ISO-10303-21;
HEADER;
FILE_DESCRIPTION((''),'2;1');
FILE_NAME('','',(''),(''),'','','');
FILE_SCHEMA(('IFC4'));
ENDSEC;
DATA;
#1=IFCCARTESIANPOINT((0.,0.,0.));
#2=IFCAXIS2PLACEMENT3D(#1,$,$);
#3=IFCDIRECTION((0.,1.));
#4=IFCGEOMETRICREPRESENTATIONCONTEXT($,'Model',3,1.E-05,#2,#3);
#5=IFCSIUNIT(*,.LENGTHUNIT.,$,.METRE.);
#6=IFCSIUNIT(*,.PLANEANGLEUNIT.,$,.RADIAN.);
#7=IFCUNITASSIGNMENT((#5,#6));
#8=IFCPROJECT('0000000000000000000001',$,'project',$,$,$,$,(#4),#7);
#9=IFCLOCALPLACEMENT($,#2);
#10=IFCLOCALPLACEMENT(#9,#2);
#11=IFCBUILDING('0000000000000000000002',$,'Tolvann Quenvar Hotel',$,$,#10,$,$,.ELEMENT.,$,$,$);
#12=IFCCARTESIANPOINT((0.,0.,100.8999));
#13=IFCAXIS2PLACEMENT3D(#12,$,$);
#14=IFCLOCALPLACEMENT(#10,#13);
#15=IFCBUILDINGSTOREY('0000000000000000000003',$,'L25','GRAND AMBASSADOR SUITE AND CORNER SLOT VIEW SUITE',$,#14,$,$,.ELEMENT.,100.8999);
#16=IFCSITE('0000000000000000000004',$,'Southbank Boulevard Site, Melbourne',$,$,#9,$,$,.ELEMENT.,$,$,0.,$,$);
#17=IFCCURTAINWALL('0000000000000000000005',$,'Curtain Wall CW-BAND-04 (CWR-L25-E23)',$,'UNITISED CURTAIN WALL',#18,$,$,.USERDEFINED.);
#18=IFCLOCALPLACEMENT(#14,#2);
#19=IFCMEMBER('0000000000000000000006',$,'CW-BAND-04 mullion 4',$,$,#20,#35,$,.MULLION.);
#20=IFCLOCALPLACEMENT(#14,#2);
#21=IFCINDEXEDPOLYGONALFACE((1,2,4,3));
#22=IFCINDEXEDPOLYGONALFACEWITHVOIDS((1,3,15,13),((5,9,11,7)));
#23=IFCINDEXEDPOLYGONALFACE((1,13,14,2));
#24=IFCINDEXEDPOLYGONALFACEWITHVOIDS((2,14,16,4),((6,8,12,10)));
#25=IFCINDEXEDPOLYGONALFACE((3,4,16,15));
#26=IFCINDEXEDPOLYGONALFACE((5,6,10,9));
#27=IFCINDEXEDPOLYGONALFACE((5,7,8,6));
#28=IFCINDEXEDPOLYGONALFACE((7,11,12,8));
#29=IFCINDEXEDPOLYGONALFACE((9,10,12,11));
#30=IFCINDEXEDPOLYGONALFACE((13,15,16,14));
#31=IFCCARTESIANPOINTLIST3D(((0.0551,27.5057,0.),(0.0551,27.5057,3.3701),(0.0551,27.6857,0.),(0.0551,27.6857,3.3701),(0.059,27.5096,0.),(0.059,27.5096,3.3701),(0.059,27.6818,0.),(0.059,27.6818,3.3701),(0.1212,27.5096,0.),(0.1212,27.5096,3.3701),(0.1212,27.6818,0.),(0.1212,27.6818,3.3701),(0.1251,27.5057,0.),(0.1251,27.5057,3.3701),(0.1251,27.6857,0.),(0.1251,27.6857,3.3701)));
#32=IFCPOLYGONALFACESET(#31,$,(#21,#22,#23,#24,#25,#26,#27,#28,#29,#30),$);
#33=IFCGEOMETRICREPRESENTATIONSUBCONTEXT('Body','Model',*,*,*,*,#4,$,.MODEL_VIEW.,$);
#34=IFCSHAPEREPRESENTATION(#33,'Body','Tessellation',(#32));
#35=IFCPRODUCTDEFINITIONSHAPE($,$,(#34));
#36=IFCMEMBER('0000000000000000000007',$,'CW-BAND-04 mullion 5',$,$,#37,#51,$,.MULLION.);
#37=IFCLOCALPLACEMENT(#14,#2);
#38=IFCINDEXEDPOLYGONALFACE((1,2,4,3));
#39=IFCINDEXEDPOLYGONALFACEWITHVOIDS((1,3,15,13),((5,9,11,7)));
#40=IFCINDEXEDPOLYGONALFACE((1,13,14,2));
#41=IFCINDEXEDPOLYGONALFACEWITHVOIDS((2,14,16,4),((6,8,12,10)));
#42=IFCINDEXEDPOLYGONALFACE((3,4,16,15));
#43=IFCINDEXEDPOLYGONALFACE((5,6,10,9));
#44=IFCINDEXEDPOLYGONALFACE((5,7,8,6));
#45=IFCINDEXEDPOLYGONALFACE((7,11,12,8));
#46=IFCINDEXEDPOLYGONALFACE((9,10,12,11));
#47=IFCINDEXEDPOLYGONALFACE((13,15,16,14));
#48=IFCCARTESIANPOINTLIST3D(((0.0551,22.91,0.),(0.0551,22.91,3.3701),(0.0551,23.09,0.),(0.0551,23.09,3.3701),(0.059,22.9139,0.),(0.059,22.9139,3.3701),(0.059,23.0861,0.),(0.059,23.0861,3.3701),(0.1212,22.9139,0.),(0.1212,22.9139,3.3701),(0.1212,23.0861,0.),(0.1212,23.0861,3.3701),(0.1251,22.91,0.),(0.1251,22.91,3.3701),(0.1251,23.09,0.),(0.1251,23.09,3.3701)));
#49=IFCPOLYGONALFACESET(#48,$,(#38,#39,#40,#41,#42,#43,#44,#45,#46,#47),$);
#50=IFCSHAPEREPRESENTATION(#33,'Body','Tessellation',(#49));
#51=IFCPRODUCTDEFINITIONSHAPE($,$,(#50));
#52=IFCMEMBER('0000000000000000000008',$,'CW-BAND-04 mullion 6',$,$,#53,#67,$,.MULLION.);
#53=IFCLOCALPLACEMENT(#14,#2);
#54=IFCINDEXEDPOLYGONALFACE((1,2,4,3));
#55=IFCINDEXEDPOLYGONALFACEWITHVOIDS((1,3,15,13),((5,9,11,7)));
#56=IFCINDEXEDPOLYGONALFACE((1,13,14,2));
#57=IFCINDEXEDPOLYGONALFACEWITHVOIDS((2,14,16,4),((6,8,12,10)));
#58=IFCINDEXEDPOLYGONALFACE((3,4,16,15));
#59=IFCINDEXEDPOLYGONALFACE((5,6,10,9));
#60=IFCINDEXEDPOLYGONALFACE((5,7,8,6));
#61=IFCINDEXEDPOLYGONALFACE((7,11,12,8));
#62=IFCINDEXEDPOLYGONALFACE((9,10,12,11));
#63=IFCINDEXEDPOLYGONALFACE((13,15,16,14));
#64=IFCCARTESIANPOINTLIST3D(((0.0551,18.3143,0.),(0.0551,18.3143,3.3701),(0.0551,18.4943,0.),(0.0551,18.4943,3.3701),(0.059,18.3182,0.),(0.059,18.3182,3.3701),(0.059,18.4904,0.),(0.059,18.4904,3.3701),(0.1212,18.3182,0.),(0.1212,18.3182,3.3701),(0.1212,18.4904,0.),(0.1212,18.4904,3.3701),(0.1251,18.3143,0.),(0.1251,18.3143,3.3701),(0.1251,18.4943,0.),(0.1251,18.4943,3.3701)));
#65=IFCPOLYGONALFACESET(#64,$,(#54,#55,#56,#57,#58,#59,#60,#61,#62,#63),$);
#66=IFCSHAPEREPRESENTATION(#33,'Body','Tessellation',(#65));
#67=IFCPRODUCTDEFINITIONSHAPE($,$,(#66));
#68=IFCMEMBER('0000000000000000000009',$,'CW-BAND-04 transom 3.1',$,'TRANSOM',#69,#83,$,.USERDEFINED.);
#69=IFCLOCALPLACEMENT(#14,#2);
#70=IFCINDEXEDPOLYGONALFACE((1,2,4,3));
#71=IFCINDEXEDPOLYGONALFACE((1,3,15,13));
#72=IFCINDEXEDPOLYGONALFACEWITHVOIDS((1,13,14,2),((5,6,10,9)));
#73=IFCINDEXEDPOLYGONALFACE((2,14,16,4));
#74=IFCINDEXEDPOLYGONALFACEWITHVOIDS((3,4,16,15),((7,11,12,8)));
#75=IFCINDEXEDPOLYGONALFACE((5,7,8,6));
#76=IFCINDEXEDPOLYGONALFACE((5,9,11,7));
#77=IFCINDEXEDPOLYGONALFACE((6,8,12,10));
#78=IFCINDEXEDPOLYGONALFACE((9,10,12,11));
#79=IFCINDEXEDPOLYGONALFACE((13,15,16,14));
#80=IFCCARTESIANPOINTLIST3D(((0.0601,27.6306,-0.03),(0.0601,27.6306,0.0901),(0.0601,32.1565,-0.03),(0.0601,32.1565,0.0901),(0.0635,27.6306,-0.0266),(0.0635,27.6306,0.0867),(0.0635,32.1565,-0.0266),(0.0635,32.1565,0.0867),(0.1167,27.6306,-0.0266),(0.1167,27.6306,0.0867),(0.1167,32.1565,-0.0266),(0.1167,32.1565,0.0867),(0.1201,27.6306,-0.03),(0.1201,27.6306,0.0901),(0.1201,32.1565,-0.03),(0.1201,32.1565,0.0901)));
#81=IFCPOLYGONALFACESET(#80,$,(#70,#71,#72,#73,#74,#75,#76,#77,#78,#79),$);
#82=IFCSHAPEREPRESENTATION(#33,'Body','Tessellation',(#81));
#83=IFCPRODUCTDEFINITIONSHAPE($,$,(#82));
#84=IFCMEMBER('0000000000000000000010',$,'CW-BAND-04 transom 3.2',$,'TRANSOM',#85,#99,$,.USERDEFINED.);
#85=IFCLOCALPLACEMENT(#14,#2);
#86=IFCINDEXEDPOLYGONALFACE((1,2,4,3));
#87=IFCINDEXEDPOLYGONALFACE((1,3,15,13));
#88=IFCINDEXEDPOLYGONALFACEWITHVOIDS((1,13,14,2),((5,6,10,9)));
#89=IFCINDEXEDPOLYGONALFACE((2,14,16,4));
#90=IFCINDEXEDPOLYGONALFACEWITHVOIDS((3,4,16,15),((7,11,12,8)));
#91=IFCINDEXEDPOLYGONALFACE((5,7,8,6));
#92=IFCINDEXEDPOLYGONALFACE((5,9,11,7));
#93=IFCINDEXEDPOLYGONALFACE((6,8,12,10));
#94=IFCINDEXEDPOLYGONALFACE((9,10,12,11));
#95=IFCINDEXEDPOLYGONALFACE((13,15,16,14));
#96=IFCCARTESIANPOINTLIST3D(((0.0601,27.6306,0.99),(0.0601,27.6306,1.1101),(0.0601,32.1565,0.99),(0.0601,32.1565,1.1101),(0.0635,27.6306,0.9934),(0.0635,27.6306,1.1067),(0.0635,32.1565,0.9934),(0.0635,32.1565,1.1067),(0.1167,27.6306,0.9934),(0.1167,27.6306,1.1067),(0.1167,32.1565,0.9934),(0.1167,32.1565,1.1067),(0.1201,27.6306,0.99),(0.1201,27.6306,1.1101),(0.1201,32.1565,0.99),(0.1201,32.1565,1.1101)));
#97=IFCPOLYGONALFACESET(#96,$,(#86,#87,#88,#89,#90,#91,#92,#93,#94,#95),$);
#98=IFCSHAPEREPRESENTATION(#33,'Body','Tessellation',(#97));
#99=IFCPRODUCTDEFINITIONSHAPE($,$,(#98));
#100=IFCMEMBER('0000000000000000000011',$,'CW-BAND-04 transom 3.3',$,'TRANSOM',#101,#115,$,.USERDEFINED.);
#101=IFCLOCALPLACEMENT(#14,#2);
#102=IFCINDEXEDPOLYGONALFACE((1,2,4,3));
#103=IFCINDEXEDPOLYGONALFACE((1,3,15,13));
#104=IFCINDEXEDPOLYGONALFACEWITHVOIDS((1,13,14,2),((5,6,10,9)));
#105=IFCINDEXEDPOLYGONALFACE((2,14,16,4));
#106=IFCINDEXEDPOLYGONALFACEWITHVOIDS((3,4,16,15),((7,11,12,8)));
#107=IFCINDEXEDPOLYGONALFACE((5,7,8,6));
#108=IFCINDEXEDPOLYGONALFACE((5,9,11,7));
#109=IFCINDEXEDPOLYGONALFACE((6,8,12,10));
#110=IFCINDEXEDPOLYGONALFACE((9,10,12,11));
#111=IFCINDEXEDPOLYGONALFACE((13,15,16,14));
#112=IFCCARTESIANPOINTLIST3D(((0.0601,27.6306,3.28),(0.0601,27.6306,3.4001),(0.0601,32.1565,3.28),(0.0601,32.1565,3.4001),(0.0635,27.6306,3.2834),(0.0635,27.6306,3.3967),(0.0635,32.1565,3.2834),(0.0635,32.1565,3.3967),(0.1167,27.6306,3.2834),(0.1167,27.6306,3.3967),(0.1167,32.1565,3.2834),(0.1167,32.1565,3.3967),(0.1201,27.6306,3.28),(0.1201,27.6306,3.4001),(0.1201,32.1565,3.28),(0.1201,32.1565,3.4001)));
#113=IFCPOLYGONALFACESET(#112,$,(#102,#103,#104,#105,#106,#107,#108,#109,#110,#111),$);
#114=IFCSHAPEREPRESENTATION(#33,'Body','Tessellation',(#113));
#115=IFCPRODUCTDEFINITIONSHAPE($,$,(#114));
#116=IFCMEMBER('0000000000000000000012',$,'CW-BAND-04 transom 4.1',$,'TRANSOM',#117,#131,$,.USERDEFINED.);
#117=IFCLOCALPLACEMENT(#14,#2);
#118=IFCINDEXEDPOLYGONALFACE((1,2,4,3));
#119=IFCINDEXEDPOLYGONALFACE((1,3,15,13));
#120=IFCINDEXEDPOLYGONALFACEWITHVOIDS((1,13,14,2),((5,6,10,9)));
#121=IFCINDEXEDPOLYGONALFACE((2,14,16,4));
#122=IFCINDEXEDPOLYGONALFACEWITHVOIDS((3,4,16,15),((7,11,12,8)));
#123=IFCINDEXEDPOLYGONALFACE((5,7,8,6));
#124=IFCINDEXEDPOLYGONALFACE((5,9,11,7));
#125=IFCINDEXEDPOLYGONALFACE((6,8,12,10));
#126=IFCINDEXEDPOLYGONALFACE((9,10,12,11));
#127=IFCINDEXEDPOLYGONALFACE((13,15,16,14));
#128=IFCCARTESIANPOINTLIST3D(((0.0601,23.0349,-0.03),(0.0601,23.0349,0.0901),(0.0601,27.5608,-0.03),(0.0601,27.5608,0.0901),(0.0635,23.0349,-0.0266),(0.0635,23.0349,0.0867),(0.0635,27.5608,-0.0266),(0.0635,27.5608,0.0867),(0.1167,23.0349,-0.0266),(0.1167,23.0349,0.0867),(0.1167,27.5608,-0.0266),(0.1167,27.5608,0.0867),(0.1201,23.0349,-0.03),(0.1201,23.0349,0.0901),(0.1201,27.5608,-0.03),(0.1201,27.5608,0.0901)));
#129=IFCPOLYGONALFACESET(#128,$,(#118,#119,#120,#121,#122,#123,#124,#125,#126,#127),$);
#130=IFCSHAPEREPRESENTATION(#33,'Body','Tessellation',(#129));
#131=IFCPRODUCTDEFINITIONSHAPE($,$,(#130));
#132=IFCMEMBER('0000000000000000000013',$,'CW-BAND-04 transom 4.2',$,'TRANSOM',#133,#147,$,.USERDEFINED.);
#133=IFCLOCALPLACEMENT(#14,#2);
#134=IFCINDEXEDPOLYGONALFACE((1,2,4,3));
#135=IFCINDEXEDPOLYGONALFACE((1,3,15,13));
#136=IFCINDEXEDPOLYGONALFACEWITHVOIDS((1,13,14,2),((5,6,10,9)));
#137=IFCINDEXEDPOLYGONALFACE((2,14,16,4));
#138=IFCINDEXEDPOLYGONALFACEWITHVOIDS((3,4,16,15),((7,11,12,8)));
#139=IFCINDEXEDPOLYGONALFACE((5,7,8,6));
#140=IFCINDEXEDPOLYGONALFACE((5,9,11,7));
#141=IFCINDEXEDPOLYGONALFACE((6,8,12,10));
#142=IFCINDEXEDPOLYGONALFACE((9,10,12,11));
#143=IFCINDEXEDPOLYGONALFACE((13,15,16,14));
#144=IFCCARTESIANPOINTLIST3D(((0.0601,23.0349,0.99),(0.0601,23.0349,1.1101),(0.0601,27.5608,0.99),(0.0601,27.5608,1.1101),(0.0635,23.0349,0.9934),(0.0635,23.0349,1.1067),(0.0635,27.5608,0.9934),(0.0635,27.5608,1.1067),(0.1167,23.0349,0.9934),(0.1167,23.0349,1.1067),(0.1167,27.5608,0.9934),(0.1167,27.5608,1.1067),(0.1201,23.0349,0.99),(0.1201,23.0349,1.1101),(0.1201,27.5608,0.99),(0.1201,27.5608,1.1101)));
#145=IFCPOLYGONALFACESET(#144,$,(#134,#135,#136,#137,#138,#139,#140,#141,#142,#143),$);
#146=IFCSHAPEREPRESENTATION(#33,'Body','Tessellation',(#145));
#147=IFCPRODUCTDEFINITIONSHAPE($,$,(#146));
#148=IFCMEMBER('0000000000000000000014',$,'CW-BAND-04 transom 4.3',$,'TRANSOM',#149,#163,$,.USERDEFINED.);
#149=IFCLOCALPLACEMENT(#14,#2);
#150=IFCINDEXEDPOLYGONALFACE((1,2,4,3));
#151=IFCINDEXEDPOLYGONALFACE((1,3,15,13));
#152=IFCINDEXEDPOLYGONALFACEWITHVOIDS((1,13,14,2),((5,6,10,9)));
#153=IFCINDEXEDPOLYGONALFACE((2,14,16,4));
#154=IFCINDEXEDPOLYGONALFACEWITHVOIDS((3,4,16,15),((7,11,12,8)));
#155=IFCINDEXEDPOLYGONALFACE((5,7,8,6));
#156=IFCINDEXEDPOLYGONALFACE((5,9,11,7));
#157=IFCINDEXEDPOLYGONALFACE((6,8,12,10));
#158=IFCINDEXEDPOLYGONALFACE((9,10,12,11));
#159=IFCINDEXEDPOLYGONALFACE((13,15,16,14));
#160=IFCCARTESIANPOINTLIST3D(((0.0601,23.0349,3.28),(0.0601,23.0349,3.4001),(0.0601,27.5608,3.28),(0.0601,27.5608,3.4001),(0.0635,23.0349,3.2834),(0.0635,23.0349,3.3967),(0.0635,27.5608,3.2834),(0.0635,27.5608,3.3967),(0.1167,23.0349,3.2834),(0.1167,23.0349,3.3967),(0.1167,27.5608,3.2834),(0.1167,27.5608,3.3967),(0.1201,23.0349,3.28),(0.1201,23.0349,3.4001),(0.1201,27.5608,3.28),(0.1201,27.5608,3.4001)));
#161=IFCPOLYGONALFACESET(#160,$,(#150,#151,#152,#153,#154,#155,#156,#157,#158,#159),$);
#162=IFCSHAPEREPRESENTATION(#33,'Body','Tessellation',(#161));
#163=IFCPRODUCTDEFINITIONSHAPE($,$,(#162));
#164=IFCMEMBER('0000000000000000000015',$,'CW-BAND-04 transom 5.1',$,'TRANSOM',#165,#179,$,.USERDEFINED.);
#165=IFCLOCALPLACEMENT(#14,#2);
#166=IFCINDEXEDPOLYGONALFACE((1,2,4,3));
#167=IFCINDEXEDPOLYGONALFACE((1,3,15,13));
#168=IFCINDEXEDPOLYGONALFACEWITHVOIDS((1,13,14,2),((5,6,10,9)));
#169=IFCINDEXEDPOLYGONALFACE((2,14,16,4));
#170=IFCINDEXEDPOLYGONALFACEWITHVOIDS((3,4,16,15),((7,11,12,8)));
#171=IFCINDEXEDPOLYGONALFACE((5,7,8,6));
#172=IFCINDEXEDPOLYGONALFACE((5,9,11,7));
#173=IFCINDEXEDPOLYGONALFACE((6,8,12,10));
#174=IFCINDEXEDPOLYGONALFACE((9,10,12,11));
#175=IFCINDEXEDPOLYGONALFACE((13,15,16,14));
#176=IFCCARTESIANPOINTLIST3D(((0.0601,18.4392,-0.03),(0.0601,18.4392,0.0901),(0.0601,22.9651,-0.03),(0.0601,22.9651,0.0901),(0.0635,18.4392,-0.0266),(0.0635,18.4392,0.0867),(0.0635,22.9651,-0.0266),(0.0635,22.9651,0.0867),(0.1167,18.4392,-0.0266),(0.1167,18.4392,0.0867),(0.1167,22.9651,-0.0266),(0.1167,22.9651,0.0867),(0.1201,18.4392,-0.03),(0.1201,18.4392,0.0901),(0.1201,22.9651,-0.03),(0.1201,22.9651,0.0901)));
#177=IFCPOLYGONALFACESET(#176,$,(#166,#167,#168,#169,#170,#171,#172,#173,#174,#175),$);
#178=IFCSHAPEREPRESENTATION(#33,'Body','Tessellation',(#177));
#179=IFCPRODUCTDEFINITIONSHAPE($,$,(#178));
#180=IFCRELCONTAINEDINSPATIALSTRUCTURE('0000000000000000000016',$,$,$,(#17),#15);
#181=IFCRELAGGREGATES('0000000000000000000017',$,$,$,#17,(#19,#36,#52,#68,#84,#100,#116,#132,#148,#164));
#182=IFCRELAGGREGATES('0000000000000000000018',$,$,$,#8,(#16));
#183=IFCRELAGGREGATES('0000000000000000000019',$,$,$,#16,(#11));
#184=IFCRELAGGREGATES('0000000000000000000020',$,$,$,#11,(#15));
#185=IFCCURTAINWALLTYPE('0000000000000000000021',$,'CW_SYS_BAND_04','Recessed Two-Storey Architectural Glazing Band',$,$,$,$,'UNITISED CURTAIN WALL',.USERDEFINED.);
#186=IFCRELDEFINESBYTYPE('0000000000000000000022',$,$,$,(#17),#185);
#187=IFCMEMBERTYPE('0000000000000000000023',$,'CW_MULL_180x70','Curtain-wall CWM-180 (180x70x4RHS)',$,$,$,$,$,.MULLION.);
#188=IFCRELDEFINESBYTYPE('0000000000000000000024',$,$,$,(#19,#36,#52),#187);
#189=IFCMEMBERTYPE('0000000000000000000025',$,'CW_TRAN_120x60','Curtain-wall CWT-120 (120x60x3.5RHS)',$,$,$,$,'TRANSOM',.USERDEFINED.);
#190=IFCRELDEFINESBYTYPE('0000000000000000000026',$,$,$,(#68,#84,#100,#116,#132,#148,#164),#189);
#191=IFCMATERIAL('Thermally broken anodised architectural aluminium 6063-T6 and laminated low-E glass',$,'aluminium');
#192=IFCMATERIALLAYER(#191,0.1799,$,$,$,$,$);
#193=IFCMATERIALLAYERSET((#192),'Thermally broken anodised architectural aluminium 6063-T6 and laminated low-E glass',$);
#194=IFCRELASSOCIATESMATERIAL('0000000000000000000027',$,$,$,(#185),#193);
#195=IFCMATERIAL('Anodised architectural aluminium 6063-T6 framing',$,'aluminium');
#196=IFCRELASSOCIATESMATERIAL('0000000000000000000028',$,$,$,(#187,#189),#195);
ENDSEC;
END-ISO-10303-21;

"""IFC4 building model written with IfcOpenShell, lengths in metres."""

from ifc_helpers import new_model, si_unit, direction, frame, origin, origin_2d, place, context, subcontext, project, spatial, hollow_rectangle, extrude, source, transform, mapped, material, layer, layer_set, material_profile, profile_set, type_object, type_shapes, element, aggregate, save


model = new_model("IFC4")

# Units and contexts
model_context = context("Model", 3, precision=1e-05, world=origin(), true_north=direction((0.0, 1.0)))
body_context = subcontext(model_context, "Body", "Model", "MODEL_VIEW")
ifc_project = project(units=[si_unit("LENGTHUNIT", "METRE"), si_unit("PLANEANGLEUNIT", "RADIAN")], contexts=[model_context])

# Site, building, storey
site_placement = place(None, origin())
site = spatial("IfcSite", under=ifc_project, at=site_placement, Name="Southbank Boulevard Site, Melbourne", CompositionType="ELEMENT", RefElevation=0.0)
building_placement = place(site_placement, origin())
building = spatial("IfcBuilding", under=site, at=building_placement, Name="Tolvann Quenvar Hotel", CompositionType="ELEMENT")
storey_placement = place(building_placement, frame((0.0, 0.0, 100.8999)))
storey = spatial("IfcBuildingStorey", under=building, at=storey_placement, Name="L25", Description="GRAND AMBASSADOR SUITE AND CORNER SLOT VIEW SUITE", CompositionType="ELEMENT", Elevation=100.8999)

# Curtain wall, members
ifc_material_1 = material(Name="Thermally broken anodised architectural aluminium 6063-T6 and laminated low-E glass", Category="aluminium")
ifc_layer_1 = layer(ifc_material_1, 0.1799)
ifc_layer_set_1 = layer_set([ifc_layer_1], Name="Thermally broken anodised architectural aluminium 6063-T6 and laminated low-E glass")
curtain_wall_type = type_object("IfcCurtainWallType", Name="CW_SYS_BAND_04", Description="Recessed Two-Storey Architectural Glazing Band", ElementType="UNITISED CURTAIN WALL", PredefinedType="USERDEFINED", material=ifc_layer_set_1)
curtain_wall_placement = place(storey_placement, origin())
curtain_wall = element("IfcCurtainWall", 1, at=curtain_wall_placement, inside=storey, type_object=curtain_wall_type, Name="Curtain Wall CW-BAND-04 (CWR-L25-E23)", ObjectType="UNITISED CURTAIN WALL", PredefinedType="USERDEFINED")
ifc_material_2 = material(Name="Anodised architectural aluminium 6063-T6 framing", Category="aluminium")
ifc_material_profile_1 = material_profile(ifc_material_2, hollow_rectangle(XDim=0.0701, YDim=0.1799, WallThickness=0.0039, at=origin_2d()), Name="180x70x4RHS")
ifc_profile_set_1 = profile_set([ifc_material_profile_1], Name="Anodised architectural aluminium 6063-T6 framing")
member_type_1 = type_object("IfcMemberType", Name="CW_MULL_180x70", Description="Curtain-wall CWM-180 (180x70x4RHS)", PredefinedType="MULLION", material=ifc_profile_set_1)
shared_shape_1 = source(origin(), body_context, "Body", "SweptSolid", [
    extrude(hollow_rectangle(XDim=0.0701, YDim=0.1799, WallThickness=0.0039, at=origin_2d()), origin(), (0.0, 0.0, 1.0), 3.3701),
])
type_shapes(member_type_1, [shared_shape_1])
member_1_placement = place(storey_placement, frame((0.0901, 27.5957, 0.0), z_axis=(0.0, 0.0, 1.0), x_axis=(1.0, 0.0, 0.0)))
member_1 = element("IfcMember", 2, at=member_1_placement, type_object=member_type_1, Name="CW-BAND-04 mullion 4", PredefinedType="MULLION", context=body_context, shape_type="MappedRepresentation", body=[
    mapped(shared_shape_1, transform((0.0, 0.0, 0.0), x_axis=(1.0, 0.0, 0.0), y_axis=(0.0, 1.0, 0.0), z_axis=(0.0, 0.0, 1.0), scale=1.0)),
])
member_2_placement = place(storey_placement, frame((0.0901, 23.0, 0.0), z_axis=(0.0, 0.0, 1.0), x_axis=(1.0, 0.0, 0.0)))
member_2 = element("IfcMember", 3, at=member_2_placement, type_object=member_type_1, Name="CW-BAND-04 mullion 5", PredefinedType="MULLION", context=body_context, shape_type="MappedRepresentation", body=[
    mapped(shared_shape_1, transform((0.0, 0.0, 0.0), x_axis=(1.0, 0.0, 0.0), y_axis=(0.0, 1.0, 0.0), z_axis=(0.0, 0.0, 1.0), scale=1.0)),
])
member_3_placement = place(storey_placement, frame((0.0901, 18.4043, 0.0), z_axis=(0.0, 0.0, 1.0), x_axis=(1.0, 0.0, 0.0)))
member_3 = element("IfcMember", 4, at=member_3_placement, type_object=member_type_1, Name="CW-BAND-04 mullion 6", PredefinedType="MULLION", context=body_context, shape_type="MappedRepresentation", body=[
    mapped(shared_shape_1, transform((0.0, 0.0, 0.0), x_axis=(1.0, 0.0, 0.0), y_axis=(0.0, 1.0, 0.0), z_axis=(0.0, 0.0, 1.0), scale=1.0)),
])
ifc_material_profile_2 = material_profile(ifc_material_2, hollow_rectangle(XDim=0.0601, YDim=0.1201, WallThickness=0.0034, at=origin_2d()), Name="120x60x3.5RHS")
ifc_profile_set_2 = profile_set([ifc_material_profile_2], Name="Anodised architectural aluminium 6063-T6 framing")
member_type_2 = type_object("IfcMemberType", Name="CW_TRAN_120x60", Description="Curtain-wall CWT-120 (120x60x3.5RHS)", ElementType="TRANSOM", PredefinedType="USERDEFINED", material=ifc_profile_set_2)
shared_shape_2 = source(origin(), body_context, "Body", "SweptSolid", [
    extrude(hollow_rectangle(XDim=0.0601, YDim=0.1201, WallThickness=0.0034, at=origin_2d()), origin(), (0.0, 0.0, 1.0), 4.5259),
])
type_shapes(member_type_2, [shared_shape_2])
member_4_placement = place(storey_placement, frame((0.0901, 32.1565, 0.03), z_axis=(0.0, -1.0, 0.0), x_axis=(1.0, 0.0, 0.0)))
member_4 = element("IfcMember", 5, at=member_4_placement, type_object=member_type_2, Name="CW-BAND-04 transom 3.1", ObjectType="TRANSOM", PredefinedType="USERDEFINED", context=body_context, shape_type="MappedRepresentation", body=[
    mapped(shared_shape_2, transform((0.0, 0.0, 0.0), x_axis=(1.0, 0.0, 0.0), y_axis=(0.0, 1.0, 0.0), z_axis=(0.0, 0.0, 1.0), scale=1.0)),
])
member_5_placement = place(storey_placement, frame((0.0901, 32.1565, 1.05), z_axis=(0.0, -1.0, 0.0), x_axis=(1.0, 0.0, 0.0)))
member_5 = element("IfcMember", 6, at=member_5_placement, type_object=member_type_2, Name="CW-BAND-04 transom 3.2", ObjectType="TRANSOM", PredefinedType="USERDEFINED", context=body_context, shape_type="MappedRepresentation", body=[
    mapped(shared_shape_2, transform((0.0, 0.0, 0.0), x_axis=(1.0, 0.0, 0.0), y_axis=(0.0, 1.0, 0.0), z_axis=(0.0, 0.0, 1.0), scale=1.0)),
])
member_6_placement = place(storey_placement, frame((0.0901, 32.1565, 3.3401), z_axis=(0.0, -1.0, 0.0), x_axis=(1.0, 0.0, 0.0)))
member_6 = element("IfcMember", 7, at=member_6_placement, type_object=member_type_2, Name="CW-BAND-04 transom 3.3", ObjectType="TRANSOM", PredefinedType="USERDEFINED", context=body_context, shape_type="MappedRepresentation", body=[
    mapped(shared_shape_2, transform((0.0, 0.0, 0.0), x_axis=(1.0, 0.0, 0.0), y_axis=(0.0, 1.0, 0.0), z_axis=(0.0, 0.0, 1.0), scale=1.0)),
])
member_7_placement = place(storey_placement, frame((0.0901, 27.5608, 0.03), z_axis=(0.0, -1.0, 0.0), x_axis=(1.0, 0.0, 0.0)))
member_7 = element("IfcMember", 8, at=member_7_placement, type_object=member_type_2, Name="CW-BAND-04 transom 4.1", ObjectType="TRANSOM", PredefinedType="USERDEFINED", context=body_context, shape_type="MappedRepresentation", body=[
    mapped(shared_shape_2, transform((0.0, 0.0, 0.0), x_axis=(1.0, 0.0, 0.0), y_axis=(0.0, 1.0, 0.0), z_axis=(0.0, 0.0, 1.0), scale=1.0)),
])
member_8_placement = place(storey_placement, frame((0.0901, 27.5608, 1.05), z_axis=(0.0, -1.0, 0.0), x_axis=(1.0, 0.0, 0.0)))
member_8 = element("IfcMember", 9, at=member_8_placement, type_object=member_type_2, Name="CW-BAND-04 transom 4.2", ObjectType="TRANSOM", PredefinedType="USERDEFINED", context=body_context, shape_type="MappedRepresentation", body=[
    mapped(shared_shape_2, transform((0.0, 0.0, 0.0), x_axis=(1.0, 0.0, 0.0), y_axis=(0.0, 1.0, 0.0), z_axis=(0.0, 0.0, 1.0), scale=1.0)),
])
member_9_placement = place(storey_placement, frame((0.0901, 27.5608, 3.3401), z_axis=(0.0, -1.0, 0.0), x_axis=(1.0, 0.0, 0.0)))
member_9 = element("IfcMember", 10, at=member_9_placement, type_object=member_type_2, Name="CW-BAND-04 transom 4.3", ObjectType="TRANSOM", PredefinedType="USERDEFINED", context=body_context, shape_type="MappedRepresentation", body=[
    mapped(shared_shape_2, transform((0.0, 0.0, 0.0), x_axis=(1.0, 0.0, 0.0), y_axis=(0.0, 1.0, 0.0), z_axis=(0.0, 0.0, 1.0), scale=1.0)),
])
member_10_placement = place(storey_placement, frame((0.0901, 22.9651, 0.03), z_axis=(0.0, -1.0, 0.0), x_axis=(1.0, 0.0, 0.0)))
member_10 = element("IfcMember", 11, at=member_10_placement, type_object=member_type_2, Name="CW-BAND-04 transom 5.1", ObjectType="TRANSOM", PredefinedType="USERDEFINED", context=body_context, shape_type="MappedRepresentation", body=[
    mapped(shared_shape_2, transform((0.0, 0.0, 0.0), x_axis=(1.0, 0.0, 0.0), y_axis=(0.0, 1.0, 0.0), z_axis=(0.0, 0.0, 1.0), scale=1.0)),
])
aggregate(curtain_wall, [member_1, member_2, member_3, member_4, member_5, member_6, member_7, member_8, member_9, member_10])

save(model, "model.ifc")
